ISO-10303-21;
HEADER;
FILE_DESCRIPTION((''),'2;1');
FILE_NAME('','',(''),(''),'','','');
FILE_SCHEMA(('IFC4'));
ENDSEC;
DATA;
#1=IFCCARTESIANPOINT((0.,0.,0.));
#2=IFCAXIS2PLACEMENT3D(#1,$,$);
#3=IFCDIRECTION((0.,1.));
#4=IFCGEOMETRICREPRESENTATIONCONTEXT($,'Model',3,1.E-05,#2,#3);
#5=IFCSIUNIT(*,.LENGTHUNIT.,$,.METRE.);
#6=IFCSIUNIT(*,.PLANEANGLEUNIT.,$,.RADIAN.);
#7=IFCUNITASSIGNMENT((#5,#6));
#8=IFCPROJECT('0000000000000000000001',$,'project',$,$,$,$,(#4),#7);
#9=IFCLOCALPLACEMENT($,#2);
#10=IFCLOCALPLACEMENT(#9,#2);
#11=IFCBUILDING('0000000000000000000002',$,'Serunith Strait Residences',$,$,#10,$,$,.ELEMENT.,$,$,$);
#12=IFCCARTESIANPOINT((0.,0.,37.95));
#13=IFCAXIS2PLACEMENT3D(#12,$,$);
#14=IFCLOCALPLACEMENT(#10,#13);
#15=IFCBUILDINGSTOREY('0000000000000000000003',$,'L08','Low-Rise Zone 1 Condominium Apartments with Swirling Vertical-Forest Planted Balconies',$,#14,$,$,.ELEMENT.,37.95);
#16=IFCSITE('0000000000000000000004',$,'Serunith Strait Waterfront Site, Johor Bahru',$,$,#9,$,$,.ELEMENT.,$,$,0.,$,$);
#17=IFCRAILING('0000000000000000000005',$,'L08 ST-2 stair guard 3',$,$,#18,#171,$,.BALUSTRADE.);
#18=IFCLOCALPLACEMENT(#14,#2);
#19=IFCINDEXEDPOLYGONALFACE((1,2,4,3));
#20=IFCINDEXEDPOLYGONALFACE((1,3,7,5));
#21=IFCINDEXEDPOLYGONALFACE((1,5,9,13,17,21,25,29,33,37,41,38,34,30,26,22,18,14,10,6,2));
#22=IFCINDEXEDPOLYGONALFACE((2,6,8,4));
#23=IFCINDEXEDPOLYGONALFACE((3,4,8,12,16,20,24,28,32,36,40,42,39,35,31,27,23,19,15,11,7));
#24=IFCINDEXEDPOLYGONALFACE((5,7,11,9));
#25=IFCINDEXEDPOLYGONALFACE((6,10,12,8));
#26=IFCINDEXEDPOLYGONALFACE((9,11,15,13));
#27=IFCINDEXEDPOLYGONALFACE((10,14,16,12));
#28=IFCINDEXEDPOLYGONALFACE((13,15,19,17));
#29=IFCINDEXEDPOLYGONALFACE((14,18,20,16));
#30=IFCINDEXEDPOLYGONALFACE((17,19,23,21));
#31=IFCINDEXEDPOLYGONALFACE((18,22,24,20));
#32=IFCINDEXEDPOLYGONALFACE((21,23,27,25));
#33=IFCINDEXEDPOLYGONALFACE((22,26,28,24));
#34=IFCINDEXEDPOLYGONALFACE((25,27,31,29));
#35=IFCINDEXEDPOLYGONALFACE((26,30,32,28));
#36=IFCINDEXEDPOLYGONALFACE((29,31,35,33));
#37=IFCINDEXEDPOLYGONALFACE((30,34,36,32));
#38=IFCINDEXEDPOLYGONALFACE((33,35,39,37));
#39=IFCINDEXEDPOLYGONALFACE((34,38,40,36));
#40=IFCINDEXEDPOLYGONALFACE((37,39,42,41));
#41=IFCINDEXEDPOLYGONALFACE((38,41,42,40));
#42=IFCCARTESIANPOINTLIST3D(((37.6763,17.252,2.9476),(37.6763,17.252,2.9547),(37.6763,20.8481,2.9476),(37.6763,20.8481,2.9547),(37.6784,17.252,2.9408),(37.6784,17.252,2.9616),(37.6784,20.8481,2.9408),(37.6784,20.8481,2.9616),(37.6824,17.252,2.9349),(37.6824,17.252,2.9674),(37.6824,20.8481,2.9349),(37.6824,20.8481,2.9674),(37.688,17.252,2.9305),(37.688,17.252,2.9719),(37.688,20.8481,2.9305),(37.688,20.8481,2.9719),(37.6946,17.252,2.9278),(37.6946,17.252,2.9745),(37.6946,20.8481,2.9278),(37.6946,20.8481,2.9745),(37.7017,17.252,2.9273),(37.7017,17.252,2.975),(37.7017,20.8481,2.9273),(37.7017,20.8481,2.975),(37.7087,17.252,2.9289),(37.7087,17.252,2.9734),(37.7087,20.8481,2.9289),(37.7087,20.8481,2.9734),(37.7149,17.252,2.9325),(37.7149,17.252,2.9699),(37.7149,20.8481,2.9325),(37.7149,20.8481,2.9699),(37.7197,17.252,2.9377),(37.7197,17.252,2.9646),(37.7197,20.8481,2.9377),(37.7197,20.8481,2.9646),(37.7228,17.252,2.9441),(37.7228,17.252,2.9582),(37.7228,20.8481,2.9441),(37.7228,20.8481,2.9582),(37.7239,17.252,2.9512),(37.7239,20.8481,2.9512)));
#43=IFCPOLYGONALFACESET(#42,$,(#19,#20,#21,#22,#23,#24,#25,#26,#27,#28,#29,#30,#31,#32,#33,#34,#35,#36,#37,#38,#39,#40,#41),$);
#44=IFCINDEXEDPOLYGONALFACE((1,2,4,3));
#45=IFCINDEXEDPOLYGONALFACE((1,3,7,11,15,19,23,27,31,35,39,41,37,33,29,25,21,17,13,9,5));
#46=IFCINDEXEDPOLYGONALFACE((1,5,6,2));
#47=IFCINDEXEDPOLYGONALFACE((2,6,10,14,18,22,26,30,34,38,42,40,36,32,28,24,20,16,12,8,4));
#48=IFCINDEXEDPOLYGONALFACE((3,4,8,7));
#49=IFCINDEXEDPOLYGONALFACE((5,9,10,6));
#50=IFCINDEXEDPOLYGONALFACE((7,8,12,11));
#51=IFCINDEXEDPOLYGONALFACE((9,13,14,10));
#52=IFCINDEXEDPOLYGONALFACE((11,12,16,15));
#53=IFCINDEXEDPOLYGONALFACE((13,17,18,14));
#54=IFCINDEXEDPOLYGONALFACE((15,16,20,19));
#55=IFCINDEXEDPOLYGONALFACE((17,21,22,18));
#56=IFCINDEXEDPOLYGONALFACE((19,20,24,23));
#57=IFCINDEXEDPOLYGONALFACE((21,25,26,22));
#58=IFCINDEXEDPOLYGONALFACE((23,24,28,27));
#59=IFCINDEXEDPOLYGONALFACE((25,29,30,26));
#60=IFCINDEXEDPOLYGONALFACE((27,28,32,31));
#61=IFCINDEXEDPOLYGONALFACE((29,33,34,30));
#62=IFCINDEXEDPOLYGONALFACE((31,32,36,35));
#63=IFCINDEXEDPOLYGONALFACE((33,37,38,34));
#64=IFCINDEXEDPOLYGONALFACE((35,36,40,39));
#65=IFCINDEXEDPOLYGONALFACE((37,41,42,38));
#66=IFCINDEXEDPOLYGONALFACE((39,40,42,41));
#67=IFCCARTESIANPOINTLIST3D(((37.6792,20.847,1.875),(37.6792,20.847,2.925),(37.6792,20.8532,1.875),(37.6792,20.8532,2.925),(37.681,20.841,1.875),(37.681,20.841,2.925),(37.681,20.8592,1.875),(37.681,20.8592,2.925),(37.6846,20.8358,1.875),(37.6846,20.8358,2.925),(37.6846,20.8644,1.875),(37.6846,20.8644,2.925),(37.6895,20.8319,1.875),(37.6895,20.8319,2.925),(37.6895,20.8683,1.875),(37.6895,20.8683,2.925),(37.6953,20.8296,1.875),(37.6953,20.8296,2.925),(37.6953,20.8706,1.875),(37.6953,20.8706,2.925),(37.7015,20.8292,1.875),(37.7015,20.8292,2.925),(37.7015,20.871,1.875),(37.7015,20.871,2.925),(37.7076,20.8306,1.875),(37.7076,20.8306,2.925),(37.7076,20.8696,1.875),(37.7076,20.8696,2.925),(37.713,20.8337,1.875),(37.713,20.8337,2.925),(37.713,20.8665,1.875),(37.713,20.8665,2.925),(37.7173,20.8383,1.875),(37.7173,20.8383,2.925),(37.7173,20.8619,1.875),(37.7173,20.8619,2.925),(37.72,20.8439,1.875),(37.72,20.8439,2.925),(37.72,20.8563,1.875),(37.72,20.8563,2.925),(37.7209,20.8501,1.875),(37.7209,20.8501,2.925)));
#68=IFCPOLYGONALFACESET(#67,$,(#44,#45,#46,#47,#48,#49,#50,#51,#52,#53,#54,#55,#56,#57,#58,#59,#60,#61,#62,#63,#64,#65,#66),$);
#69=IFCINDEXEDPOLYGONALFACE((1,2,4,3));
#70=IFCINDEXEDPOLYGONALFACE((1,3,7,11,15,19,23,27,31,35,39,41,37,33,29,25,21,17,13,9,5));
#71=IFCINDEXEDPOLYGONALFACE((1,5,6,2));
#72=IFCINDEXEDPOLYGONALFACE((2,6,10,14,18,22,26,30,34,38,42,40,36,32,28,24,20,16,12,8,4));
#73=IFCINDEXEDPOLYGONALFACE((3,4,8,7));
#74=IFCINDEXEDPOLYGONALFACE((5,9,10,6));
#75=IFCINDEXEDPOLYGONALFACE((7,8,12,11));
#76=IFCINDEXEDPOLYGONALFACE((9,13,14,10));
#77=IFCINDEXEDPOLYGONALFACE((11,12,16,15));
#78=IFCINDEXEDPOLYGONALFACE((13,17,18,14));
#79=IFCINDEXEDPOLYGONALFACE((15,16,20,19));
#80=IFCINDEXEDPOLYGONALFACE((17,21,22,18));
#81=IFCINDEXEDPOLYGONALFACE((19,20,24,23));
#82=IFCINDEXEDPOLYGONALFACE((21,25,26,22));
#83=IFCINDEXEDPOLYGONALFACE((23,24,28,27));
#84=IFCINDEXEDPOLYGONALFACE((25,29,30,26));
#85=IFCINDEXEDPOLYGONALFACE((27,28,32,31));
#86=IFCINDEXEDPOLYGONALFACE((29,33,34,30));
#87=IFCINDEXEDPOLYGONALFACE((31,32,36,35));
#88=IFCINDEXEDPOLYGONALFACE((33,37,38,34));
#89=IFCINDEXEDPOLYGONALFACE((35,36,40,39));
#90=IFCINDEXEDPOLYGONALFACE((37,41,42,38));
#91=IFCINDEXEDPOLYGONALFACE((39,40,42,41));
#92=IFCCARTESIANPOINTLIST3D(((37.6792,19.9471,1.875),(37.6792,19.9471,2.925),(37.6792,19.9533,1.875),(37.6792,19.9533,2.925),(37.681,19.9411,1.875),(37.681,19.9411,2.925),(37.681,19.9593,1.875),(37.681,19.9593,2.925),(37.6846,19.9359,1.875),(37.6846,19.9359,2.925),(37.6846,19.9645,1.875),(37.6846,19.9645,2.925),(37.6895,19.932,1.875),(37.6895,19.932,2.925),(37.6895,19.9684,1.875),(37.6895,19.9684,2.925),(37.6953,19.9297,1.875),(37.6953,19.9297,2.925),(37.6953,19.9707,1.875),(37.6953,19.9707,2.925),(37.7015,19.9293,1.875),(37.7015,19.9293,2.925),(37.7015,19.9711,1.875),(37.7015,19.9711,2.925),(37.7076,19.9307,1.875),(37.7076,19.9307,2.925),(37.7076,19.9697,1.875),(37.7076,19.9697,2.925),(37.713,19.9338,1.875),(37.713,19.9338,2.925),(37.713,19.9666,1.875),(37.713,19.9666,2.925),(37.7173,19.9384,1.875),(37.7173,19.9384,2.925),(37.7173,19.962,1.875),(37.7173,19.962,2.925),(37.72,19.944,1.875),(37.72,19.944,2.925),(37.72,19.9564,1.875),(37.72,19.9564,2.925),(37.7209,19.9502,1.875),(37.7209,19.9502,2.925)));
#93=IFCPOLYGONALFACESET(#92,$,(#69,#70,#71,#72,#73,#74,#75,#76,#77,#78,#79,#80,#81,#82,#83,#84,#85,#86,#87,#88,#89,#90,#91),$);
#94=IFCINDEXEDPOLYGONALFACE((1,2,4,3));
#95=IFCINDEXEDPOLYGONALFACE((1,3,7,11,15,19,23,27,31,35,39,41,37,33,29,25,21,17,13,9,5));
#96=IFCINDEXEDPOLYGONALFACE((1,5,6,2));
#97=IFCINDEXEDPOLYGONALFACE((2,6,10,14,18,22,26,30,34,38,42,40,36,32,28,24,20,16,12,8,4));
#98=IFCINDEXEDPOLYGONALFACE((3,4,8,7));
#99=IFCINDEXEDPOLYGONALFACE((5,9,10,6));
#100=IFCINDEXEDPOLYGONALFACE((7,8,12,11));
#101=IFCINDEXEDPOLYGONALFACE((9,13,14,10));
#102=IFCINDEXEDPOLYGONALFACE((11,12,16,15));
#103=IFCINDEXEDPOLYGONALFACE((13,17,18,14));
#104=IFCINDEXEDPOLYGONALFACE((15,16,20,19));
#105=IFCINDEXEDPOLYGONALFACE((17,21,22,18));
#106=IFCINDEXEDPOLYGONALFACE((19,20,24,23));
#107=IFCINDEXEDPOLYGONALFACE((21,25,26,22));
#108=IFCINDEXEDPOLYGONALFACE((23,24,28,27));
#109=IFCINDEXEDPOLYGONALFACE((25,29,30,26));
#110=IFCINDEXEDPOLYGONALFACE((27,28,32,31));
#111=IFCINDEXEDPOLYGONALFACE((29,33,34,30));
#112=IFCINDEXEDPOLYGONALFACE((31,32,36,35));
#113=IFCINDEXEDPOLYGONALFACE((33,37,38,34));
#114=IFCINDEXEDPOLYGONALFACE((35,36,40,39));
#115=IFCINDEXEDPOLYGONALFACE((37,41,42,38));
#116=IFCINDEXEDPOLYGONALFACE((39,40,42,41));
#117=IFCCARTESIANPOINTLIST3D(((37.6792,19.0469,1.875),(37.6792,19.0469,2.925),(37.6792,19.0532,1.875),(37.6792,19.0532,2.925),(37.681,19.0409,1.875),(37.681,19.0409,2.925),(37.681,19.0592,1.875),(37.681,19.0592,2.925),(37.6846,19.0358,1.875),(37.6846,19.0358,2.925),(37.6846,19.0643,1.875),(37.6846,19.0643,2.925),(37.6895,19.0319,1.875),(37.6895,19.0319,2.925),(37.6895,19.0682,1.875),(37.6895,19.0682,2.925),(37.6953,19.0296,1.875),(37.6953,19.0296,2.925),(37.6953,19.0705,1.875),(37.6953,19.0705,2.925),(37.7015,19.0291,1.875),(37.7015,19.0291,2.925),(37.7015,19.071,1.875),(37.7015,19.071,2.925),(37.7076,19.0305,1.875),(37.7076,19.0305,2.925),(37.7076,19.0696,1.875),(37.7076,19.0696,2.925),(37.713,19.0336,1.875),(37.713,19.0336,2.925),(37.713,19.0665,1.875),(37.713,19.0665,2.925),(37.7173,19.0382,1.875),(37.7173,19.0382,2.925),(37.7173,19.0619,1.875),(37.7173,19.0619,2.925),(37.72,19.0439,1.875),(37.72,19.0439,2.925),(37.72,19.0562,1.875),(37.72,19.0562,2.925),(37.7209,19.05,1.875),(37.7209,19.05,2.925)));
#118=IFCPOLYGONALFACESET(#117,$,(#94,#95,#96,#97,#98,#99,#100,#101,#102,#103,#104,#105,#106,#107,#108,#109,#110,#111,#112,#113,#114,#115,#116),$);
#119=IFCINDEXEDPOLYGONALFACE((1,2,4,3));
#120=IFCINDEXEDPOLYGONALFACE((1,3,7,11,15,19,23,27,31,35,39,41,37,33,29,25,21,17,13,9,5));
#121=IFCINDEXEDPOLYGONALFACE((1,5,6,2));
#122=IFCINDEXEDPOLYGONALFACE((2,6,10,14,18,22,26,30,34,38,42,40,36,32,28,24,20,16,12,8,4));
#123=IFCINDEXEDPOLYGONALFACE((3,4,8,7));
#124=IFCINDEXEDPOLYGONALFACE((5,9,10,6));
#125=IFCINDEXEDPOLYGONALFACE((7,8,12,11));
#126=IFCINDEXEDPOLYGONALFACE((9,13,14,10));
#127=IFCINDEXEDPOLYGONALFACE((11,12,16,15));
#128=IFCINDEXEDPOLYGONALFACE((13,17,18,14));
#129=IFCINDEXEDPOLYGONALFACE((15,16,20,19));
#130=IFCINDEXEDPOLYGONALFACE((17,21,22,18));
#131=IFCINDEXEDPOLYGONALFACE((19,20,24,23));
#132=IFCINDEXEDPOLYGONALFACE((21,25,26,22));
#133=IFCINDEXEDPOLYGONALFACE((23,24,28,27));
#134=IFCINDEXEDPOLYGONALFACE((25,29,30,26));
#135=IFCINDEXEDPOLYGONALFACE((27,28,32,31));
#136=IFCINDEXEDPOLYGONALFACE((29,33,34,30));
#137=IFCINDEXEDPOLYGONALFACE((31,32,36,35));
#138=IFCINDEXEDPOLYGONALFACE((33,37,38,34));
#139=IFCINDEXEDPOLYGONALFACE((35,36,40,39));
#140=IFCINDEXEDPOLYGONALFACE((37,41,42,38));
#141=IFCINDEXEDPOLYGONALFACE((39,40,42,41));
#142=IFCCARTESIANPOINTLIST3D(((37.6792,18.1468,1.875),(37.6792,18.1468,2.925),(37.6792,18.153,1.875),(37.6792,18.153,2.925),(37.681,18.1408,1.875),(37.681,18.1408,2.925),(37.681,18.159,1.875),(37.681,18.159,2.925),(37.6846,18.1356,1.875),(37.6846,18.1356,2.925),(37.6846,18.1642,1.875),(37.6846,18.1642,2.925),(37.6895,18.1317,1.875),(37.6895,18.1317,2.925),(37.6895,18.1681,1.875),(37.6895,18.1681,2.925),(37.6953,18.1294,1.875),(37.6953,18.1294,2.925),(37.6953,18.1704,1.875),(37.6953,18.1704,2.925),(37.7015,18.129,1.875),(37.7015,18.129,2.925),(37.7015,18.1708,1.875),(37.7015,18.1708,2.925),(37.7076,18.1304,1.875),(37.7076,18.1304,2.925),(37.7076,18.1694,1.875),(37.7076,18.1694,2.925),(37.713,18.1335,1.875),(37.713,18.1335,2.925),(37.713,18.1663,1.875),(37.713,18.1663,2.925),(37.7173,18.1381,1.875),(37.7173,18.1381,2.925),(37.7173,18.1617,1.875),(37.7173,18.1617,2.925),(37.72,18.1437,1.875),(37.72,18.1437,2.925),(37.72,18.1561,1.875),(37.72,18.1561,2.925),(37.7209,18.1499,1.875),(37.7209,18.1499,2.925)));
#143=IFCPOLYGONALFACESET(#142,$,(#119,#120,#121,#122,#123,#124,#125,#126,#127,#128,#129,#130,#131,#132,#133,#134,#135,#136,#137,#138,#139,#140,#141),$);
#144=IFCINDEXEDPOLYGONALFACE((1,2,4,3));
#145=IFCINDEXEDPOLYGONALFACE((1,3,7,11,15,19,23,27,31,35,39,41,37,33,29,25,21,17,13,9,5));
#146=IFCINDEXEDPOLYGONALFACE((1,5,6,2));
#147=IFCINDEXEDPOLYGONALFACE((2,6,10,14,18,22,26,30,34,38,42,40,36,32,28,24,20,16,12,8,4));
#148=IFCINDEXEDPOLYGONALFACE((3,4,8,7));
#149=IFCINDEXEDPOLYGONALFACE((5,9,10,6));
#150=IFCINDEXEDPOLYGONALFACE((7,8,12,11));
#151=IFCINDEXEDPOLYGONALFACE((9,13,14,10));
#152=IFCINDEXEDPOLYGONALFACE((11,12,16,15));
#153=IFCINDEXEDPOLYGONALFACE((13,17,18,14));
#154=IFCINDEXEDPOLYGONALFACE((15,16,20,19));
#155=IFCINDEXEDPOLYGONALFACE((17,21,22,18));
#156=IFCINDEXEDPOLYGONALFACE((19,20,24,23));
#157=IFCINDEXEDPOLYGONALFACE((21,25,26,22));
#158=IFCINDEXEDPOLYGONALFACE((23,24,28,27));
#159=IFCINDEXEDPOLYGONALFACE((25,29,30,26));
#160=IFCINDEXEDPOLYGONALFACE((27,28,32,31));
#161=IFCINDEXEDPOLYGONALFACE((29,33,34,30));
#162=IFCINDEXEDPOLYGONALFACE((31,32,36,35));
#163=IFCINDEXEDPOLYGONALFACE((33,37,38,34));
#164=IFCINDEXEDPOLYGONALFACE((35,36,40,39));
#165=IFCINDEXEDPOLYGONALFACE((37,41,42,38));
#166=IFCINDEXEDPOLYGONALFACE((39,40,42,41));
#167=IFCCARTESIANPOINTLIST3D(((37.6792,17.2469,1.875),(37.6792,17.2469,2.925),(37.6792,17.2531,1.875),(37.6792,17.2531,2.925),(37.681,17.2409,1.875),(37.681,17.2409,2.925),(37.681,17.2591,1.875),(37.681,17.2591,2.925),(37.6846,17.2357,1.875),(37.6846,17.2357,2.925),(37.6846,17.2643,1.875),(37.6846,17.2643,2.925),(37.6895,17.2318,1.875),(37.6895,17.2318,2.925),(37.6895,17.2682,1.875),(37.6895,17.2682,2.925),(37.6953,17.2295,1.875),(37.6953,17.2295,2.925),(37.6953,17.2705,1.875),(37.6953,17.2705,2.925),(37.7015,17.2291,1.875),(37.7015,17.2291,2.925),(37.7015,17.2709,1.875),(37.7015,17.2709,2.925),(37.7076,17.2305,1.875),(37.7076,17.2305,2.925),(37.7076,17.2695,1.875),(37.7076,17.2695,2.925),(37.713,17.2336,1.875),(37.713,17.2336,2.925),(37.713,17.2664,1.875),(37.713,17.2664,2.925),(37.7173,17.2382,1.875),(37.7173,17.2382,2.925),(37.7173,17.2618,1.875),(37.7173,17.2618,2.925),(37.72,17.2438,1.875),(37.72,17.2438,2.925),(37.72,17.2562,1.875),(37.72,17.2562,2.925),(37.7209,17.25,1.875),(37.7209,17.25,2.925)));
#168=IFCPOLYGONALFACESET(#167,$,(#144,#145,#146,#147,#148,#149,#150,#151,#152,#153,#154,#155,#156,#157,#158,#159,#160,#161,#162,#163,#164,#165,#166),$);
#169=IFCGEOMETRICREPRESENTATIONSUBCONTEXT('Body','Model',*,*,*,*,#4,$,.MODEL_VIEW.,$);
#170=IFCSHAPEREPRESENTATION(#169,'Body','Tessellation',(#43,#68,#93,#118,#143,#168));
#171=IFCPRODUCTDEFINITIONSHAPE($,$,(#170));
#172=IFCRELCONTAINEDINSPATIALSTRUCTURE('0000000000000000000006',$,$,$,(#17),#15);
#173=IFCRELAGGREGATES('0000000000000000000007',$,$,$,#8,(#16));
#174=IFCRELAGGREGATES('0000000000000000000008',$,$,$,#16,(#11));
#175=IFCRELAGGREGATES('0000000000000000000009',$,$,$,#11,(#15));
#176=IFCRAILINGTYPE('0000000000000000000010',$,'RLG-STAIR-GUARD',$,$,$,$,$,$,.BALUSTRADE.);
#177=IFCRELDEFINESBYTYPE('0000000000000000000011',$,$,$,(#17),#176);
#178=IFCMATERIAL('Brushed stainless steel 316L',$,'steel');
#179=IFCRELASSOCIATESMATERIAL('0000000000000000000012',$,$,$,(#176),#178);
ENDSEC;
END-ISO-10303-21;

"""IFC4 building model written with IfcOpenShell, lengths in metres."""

from ifc_helpers import new_model, si_unit, direction, frame, origin, origin_2d, place, context, subcontext, project, spatial, circle, extrude, material, type_object, element, save


model = new_model("IFC4")

# Units and contexts
model_context = context("Model", 3, precision=1e-05, world=origin(), true_north=direction((0.0, 1.0)))
body_context = subcontext(model_context, "Body", "Model", "MODEL_VIEW")
ifc_project = project(units=[si_unit("LENGTHUNIT", "METRE"), si_unit("PLANEANGLEUNIT", "RADIAN")], contexts=[model_context])

# Site, building, storey
site_placement = place(None, origin())
site = spatial("IfcSite", under=ifc_project, at=site_placement, Name="Serunith Strait Waterfront Site, Johor Bahru", CompositionType="ELEMENT", RefElevation=0.0)
building_placement = place(site_placement, origin())
building = spatial("IfcBuilding", under=site, at=building_placement, Name="Serunith Strait Residences", CompositionType="ELEMENT")
storey_placement = place(building_placement, frame((0.0, 0.0, 37.95)))
storey = spatial("IfcBuildingStorey", under=building, at=storey_placement, Name="L08", Description="Low-Rise Zone 1 Condominium Apartments with Swirling Vertical-Forest Planted Balconies", CompositionType="ELEMENT", Elevation=37.95)

# Railing
ifc_material_1 = material(Name="Brushed stainless steel 316L", Category="steel")
railing_type_1 = type_object("IfcRailingType", Name="RLG-STAIR-GUARD", PredefinedType="BALUSTRADE", material=ifc_material_1)
for number, where, name in (
    (1, (37.7, 20.8501, 1.875), "L08 ST-2 stair guard 3"),
):
    element("IfcRailing", number, at=place(storey_placement, frame(where)), inside=storey, type_object=railing_type_1, Name=name, PredefinedType="BALUSTRADE", context=body_context, shape_type="SweptSolid", body=[
        extrude(circle(Radius=0.0239, at=origin_2d()), frame((0.0, -0.002, 1.0762), z_axis=(0.0, -1.0, 0.0), x_axis=(1.0, 0.0, 0.0)), (0.0, 0.0, 1.0), 3.5962),
        extrude(circle(Radius=0.021, at=origin_2d()), origin(), (0.0, 0.0, 1.0), 1.05),
        extrude(circle(Radius=0.021, at=origin_2d()), frame((0.0, -0.8999, 0.0)), (0.0, 0.0, 1.0), 1.05),
        extrude(circle(Radius=0.021, at=origin_2d()), frame((0.0, -1.8, 0.0)), (0.0, 0.0, 1.0), 1.05),
        extrude(circle(Radius=0.021, at=origin_2d()), frame((0.0, -2.7002, 0.0)), (0.0, 0.0, 1.0), 1.05),
        extrude(circle(Radius=0.021, at=origin_2d()), frame((0.0, -3.6001, 0.0)), (0.0, 0.0, 1.0), 1.05),
    ])

save(model, "model.ifc")
